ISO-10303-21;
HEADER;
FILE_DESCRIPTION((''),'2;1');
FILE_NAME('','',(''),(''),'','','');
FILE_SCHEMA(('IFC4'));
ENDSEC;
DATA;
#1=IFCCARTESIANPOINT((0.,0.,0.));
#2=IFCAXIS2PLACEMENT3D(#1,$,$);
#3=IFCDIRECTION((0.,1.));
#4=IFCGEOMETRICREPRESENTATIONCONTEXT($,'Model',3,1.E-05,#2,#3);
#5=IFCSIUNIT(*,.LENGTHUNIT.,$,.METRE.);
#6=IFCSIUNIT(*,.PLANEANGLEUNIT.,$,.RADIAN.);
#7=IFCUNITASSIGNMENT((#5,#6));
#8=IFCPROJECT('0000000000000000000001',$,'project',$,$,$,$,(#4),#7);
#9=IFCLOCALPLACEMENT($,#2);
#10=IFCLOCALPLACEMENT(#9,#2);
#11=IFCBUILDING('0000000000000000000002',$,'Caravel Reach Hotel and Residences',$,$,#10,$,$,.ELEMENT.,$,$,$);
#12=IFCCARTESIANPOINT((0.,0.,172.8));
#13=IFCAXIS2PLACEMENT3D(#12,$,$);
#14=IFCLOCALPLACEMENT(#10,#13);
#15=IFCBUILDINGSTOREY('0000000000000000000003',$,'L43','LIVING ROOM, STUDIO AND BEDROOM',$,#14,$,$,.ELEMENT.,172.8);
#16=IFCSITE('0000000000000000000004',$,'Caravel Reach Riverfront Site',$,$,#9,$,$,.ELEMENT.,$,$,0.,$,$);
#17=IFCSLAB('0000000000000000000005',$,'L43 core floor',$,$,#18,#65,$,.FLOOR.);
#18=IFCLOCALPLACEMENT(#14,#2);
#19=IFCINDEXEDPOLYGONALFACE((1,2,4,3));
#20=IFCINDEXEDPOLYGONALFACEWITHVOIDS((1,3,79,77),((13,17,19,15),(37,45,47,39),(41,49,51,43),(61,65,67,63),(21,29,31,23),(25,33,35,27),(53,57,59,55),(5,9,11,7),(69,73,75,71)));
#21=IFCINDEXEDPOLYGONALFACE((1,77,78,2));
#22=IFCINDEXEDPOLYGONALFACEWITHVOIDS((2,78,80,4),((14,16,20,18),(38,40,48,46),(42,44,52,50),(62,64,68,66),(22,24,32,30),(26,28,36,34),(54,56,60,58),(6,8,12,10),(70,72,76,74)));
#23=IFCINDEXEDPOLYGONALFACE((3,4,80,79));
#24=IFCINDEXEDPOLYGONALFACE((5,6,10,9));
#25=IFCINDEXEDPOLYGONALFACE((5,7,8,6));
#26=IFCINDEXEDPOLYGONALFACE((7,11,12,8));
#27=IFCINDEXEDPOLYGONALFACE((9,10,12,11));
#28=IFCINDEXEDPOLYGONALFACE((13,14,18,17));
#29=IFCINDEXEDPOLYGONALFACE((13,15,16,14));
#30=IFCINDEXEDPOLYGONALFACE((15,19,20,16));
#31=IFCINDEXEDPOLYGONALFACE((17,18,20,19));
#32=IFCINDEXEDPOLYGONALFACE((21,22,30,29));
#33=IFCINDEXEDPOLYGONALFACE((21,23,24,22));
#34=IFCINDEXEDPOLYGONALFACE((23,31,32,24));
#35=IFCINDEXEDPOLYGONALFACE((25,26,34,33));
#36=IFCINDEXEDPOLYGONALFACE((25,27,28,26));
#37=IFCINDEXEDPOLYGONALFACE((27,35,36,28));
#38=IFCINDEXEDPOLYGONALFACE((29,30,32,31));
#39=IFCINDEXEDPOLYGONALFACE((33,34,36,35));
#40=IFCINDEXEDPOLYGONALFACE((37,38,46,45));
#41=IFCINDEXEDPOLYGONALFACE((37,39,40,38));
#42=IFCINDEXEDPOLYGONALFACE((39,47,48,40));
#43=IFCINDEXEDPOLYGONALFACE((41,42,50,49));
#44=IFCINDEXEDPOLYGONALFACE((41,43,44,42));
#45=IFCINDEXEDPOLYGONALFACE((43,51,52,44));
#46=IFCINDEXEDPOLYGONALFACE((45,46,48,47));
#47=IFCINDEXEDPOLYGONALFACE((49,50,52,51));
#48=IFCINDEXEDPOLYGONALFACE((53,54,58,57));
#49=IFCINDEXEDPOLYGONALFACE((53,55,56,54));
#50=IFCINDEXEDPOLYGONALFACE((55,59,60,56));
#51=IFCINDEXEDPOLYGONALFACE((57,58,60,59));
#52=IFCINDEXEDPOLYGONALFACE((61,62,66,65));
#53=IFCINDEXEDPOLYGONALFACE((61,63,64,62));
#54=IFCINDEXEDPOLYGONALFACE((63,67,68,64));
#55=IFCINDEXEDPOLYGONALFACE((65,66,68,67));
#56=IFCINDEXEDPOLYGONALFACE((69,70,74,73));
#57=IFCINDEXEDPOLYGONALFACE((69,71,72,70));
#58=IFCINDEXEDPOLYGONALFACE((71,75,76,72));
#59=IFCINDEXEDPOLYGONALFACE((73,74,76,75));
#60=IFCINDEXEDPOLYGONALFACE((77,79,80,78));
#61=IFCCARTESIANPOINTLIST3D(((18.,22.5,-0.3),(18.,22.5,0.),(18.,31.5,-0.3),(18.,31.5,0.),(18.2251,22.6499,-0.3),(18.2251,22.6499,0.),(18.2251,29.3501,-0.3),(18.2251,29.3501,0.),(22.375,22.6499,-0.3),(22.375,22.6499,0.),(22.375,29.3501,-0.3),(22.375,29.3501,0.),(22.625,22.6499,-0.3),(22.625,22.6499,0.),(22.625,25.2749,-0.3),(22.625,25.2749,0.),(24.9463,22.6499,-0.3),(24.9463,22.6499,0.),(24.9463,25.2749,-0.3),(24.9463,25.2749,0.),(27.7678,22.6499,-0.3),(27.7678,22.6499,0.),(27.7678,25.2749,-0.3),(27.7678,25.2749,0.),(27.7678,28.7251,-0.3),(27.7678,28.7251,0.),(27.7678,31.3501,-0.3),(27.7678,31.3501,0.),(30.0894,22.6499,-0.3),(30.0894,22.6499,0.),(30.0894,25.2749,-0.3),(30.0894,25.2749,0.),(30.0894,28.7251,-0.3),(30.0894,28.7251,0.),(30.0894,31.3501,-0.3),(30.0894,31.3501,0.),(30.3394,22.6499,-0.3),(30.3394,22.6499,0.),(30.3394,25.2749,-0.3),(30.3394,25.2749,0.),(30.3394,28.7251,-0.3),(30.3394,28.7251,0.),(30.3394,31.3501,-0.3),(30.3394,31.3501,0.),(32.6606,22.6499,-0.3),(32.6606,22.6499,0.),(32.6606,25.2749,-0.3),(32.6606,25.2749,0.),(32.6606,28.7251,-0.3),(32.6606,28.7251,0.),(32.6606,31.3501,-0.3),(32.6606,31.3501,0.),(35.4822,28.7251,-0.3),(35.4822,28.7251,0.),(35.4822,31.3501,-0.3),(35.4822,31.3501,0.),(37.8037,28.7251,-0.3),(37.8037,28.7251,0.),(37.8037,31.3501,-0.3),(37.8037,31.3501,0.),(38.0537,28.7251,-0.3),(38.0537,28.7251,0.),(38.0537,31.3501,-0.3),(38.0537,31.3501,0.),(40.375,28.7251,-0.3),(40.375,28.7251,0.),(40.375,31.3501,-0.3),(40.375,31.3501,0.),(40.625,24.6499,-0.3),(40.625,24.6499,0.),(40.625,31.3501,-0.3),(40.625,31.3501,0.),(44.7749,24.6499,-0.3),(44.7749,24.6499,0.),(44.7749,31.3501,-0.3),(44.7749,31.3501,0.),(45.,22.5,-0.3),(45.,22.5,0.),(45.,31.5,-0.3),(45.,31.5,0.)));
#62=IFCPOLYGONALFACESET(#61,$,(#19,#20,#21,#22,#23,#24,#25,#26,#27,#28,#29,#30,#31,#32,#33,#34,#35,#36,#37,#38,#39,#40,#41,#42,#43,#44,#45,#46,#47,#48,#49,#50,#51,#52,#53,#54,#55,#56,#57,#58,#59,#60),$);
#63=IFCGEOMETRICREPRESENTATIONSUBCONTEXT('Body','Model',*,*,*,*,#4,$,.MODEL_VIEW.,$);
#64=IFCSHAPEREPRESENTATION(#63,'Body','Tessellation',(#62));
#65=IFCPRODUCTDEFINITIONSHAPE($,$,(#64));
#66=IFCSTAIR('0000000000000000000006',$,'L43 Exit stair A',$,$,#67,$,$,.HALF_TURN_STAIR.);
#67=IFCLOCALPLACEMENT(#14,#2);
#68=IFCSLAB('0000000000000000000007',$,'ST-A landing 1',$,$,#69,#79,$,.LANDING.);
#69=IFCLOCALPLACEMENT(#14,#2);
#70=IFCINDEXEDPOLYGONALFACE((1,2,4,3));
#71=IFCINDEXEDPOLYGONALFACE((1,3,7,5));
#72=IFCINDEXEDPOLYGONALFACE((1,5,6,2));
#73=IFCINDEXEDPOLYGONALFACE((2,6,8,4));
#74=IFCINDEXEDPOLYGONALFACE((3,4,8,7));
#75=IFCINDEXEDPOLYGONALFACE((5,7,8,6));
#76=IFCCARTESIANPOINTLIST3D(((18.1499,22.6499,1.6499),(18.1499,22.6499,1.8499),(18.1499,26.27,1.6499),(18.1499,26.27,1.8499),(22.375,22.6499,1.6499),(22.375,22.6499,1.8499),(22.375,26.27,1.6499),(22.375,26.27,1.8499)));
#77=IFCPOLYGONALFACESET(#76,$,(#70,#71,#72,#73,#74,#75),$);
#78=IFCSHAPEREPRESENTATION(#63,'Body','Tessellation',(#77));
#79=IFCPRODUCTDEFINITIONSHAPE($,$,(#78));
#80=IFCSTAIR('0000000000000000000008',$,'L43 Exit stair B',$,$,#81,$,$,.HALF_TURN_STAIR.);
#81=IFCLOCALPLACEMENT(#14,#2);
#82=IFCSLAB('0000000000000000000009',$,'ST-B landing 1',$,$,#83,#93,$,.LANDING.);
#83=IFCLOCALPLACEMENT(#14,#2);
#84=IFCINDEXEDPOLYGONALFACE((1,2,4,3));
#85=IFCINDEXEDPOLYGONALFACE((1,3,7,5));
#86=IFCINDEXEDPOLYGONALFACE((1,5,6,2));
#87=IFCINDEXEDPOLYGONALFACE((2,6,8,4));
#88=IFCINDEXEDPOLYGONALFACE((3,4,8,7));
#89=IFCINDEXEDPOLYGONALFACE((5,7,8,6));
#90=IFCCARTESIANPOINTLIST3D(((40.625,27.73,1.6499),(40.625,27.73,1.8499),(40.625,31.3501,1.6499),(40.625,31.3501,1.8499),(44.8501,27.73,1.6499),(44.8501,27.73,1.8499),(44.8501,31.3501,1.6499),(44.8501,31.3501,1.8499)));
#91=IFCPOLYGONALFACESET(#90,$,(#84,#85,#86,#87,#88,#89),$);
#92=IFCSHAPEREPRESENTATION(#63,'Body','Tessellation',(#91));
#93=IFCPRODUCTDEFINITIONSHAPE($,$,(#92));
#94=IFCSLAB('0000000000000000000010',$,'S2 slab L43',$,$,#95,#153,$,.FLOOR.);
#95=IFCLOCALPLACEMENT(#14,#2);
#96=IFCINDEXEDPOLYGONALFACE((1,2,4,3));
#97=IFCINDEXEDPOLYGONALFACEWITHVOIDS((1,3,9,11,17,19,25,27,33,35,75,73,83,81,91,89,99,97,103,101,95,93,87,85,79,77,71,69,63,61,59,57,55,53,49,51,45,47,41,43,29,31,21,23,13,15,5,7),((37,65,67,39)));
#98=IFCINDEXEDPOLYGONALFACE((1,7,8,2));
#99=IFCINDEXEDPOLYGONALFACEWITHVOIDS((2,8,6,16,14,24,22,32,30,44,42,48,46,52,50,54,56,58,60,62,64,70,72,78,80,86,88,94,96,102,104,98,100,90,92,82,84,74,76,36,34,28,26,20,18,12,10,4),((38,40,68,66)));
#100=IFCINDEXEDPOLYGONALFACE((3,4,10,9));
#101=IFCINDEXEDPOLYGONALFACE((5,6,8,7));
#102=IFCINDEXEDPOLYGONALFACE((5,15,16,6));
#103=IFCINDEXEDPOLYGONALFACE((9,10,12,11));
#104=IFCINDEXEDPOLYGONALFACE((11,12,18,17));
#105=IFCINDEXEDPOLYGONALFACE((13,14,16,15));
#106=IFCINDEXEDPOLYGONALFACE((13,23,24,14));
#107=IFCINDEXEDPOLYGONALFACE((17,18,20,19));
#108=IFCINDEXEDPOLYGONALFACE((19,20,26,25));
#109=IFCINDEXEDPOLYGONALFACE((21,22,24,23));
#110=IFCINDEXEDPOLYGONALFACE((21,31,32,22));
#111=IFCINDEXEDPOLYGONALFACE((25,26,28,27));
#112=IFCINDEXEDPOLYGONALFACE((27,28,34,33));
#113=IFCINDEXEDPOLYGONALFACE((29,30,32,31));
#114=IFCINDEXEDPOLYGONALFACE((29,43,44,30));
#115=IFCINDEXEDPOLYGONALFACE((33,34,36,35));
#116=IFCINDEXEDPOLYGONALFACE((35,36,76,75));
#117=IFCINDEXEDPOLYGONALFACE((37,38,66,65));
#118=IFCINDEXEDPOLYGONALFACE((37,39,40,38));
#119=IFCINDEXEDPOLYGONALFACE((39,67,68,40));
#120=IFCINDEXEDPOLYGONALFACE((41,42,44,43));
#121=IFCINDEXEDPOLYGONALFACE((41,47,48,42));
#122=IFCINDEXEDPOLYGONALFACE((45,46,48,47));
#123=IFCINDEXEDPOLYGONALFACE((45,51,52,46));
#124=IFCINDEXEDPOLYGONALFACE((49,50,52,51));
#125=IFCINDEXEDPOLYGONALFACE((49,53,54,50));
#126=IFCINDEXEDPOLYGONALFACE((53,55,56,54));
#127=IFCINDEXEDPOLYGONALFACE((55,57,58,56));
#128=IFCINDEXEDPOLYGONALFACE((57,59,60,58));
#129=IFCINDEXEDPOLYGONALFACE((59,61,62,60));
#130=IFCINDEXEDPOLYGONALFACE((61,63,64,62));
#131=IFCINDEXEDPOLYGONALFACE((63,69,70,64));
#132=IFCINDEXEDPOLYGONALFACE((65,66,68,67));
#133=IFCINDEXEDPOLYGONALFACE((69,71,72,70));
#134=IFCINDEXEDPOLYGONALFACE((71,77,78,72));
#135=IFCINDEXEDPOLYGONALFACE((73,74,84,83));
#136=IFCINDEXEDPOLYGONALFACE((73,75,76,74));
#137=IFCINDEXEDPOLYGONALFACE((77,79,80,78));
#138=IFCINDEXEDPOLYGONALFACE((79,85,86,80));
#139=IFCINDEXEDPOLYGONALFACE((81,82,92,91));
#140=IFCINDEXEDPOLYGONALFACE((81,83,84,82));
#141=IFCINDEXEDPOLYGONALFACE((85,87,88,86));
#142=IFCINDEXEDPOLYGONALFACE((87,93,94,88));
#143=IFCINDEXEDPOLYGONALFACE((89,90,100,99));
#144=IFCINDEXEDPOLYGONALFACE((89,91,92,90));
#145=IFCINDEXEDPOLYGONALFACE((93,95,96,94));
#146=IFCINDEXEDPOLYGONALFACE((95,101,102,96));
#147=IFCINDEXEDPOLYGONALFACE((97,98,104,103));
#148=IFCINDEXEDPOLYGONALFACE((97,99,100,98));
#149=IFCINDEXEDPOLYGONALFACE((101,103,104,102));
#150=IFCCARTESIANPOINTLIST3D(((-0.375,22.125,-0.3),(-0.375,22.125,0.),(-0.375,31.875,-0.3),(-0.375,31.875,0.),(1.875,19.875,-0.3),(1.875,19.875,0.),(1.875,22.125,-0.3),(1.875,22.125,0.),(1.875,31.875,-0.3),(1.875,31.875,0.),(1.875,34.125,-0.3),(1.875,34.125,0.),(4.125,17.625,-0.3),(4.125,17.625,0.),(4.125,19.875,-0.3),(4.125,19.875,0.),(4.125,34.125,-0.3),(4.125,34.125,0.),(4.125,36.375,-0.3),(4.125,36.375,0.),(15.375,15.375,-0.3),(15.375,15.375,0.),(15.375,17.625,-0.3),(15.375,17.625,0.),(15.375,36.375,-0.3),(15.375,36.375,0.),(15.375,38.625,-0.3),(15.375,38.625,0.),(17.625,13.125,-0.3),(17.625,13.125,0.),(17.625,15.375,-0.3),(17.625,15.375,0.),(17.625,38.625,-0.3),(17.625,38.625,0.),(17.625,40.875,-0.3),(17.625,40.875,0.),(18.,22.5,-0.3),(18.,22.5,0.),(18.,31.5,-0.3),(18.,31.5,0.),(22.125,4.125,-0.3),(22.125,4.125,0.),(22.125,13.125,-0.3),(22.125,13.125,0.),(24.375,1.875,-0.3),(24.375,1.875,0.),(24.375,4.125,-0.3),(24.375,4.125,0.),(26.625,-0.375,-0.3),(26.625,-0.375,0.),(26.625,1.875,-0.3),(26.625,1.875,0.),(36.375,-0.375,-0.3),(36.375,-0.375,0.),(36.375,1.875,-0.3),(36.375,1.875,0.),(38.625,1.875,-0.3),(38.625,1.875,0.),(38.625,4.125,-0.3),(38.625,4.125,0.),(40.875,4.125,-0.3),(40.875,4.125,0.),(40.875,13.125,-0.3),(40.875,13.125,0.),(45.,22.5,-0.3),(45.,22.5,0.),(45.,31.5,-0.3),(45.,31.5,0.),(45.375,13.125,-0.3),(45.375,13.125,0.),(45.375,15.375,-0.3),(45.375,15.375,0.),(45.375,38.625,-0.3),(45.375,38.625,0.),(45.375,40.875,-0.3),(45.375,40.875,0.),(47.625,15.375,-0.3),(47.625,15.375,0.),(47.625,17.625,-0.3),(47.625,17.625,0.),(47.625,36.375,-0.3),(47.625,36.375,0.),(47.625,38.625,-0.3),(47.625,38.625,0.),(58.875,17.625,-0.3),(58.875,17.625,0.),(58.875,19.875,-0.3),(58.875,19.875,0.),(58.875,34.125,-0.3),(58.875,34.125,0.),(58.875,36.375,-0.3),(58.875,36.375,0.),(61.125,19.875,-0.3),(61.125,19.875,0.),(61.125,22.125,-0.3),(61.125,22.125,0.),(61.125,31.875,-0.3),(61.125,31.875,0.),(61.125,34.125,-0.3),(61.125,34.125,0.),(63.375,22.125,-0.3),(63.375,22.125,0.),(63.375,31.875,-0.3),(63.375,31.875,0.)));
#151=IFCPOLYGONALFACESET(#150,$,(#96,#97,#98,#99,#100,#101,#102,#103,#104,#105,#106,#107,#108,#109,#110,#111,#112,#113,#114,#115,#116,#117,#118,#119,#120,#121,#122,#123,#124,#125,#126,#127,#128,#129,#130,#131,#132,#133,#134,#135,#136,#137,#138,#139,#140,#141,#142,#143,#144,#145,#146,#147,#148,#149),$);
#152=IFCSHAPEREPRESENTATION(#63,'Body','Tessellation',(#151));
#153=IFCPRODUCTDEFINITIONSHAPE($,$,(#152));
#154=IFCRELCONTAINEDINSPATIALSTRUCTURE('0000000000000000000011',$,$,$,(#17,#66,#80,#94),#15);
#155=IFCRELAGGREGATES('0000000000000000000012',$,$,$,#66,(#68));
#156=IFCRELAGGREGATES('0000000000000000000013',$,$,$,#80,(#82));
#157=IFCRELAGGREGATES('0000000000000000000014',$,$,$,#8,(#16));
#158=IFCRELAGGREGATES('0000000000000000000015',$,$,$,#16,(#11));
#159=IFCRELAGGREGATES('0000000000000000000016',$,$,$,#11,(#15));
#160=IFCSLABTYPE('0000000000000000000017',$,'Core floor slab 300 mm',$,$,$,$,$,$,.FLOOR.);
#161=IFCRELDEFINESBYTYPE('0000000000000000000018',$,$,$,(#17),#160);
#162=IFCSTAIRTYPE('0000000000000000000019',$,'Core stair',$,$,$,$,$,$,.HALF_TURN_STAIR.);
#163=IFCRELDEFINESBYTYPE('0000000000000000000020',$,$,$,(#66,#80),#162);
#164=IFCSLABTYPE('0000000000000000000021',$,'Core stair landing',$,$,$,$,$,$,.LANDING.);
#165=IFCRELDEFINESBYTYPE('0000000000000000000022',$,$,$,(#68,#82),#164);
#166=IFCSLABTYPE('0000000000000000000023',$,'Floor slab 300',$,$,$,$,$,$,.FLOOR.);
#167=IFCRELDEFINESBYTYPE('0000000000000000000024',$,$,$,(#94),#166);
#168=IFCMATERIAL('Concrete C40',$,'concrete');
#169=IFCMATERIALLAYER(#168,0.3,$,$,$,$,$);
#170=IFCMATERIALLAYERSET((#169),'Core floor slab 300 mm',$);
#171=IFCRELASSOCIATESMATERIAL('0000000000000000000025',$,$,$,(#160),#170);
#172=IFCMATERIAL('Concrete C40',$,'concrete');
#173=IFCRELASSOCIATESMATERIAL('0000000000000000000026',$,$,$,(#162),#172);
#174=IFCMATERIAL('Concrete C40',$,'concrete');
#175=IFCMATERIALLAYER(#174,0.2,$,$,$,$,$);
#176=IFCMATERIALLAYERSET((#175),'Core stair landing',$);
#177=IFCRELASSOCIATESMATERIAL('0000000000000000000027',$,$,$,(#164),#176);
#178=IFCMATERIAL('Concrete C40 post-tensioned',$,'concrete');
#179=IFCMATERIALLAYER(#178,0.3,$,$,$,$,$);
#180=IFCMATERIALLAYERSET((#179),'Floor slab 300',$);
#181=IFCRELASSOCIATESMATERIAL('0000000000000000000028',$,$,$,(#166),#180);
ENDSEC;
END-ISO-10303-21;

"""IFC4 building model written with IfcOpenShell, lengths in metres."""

from ifc_helpers import new_model, si_unit, direction, frame, origin, place, context, subcontext, project, spatial, polyline, outline, extrude, material, layer, layer_set, type_object, element, aggregate, save


model = new_model("IFC4")

# Units and contexts
model_context = context("Model", 3, precision=1e-05, world=origin(), true_north=direction((0.0, 1.0)))
body_context = subcontext(model_context, "Body", "Model", "MODEL_VIEW")
ifc_project = project(units=[si_unit("LENGTHUNIT", "METRE"), si_unit("PLANEANGLEUNIT", "RADIAN")], contexts=[model_context])

# Site, building, storey
site_placement = place(None, origin())
site = spatial("IfcSite", under=ifc_project, at=site_placement, Name="Caravel Reach Riverfront Site", CompositionType="ELEMENT", RefElevation=0.0)
building_placement = place(site_placement, origin())
building = spatial("IfcBuilding", under=site, at=building_placement, Name="Caravel Reach Hotel and Residences", CompositionType="ELEMENT")
storey_placement = place(building_placement, frame((0.0, 0.0, 172.8)))
storey = spatial("IfcBuildingStorey", under=building, at=storey_placement, Name="L43", Description="LIVING ROOM, STUDIO AND BEDROOM", CompositionType="ELEMENT", Elevation=172.8)

# Slab
ifc_material_1 = material(Name="Concrete C40", Category="concrete")
ifc_layer_1 = layer(ifc_material_1, 0.3)
ifc_layer_set_1 = layer_set([ifc_layer_1], Name="Core floor slab 300 mm")
slab_type_1 = type_object("IfcSlabType", Name="Core floor slab 300 mm", PredefinedType="FLOOR", material=ifc_layer_set_1)
slab_1_placement = place(storey_placement, frame((0.0, 0.0, -0.3)))
element("IfcSlab", 1, at=slab_1_placement, inside=storey, type_object=slab_type_1, Name="L43 core floor", PredefinedType="FLOOR", context=body_context, shape_type="SweptSolid", body=[
    extrude(outline(polyline([(18.0, 31.5), (45.0, 31.5), (45.0, 22.5), (18.0, 22.5), (18.0, 31.5)]), holes=[polyline([(22.625, 25.2749), (22.625, 22.6499), (24.9463, 22.6499), (24.9463, 25.2749), (22.625, 25.2749)]), polyline([(27.7678, 25.2749), (27.7678, 22.6499), (30.0894, 22.6499), (30.0894, 25.2749), (27.7678, 25.2749)]), polyline([(30.3394, 25.2749), (30.3394, 22.6499), (32.6606, 22.6499), (32.6606, 25.2749), (30.3394, 25.2749)]), polyline([(22.375, 22.6499), (22.375, 29.3501), (18.2251, 29.3501), (18.2251, 22.6499), (22.375, 22.6499)]), polyline([(40.625, 31.3501), (40.625, 24.6499), (44.7749, 24.6499), (44.7749, 31.3501), (40.625, 31.3501)]), polyline([(27.7678, 31.3501), (27.7678, 28.7251), (30.0894, 28.7251), (30.0894, 31.3501), (27.7678, 31.3501)]), polyline([(30.3394, 31.3501), (30.3394, 28.7251), (32.6606, 28.7251), (32.6606, 31.3501), (30.3394, 31.3501)]), polyline([(37.8037, 31.3501), (35.4822, 31.3501), (35.4822, 28.7251), (37.8037, 28.7251), (37.8037, 31.3501)]), polyline([(40.375, 31.3501), (38.0537, 31.3501), (38.0537, 28.7251), (40.375, 28.7251), (40.375, 31.3501)])]), origin(), (0.0, 0.0, 1.0), 0.3),
])

# Stairs, slabs
ifc_material_2 = material(Name="Concrete C40", Category="concrete")
stair_type = type_object("IfcStairType", Name="Core stair", PredefinedType="HALF_TURN_STAIR", material=ifc_material_2)
stair_1_placement = place(storey_placement, origin())
stair_1 = element("IfcStair", 2, at=stair_1_placement, inside=storey, type_object=stair_type, Name="L43 Exit stair A", PredefinedType="HALF_TURN_STAIR")
ifc_material_3 = material(Name="Concrete C40", Category="concrete")
ifc_layer_2 = layer(ifc_material_3, 0.2)
ifc_layer_set_2 = layer_set([ifc_layer_2], Name="Core stair landing")
slab_type_2 = type_object("IfcSlabType", Name="Core stair landing", PredefinedType="LANDING", material=ifc_layer_set_2)
slab_2_placement = place(storey_placement, frame((0.0, 0.0, 1.6499)))
slab_2 = element("IfcSlab", 3, at=slab_2_placement, type_object=slab_type_2, Name="ST-A landing 1", PredefinedType="LANDING", context=body_context, shape_type="SweptSolid", body=[
    extrude(outline(polyline([(18.1499, 26.27), (18.1499, 22.6499), (22.375, 22.6499), (22.375, 26.27), (18.1499, 26.27)])), origin(), (0.0, 0.0, 1.0), 0.2),
])
aggregate(stair_1, [slab_2])
stair_2_placement = place(storey_placement, origin())
stair_2 = element("IfcStair", 4, at=stair_2_placement, inside=storey, type_object=stair_type, Name="L43 Exit stair B", PredefinedType="HALF_TURN_STAIR")
slab_3_placement = place(storey_placement, frame((0.0, 0.0, 1.6499)))
slab_3 = element("IfcSlab", 5, at=slab_3_placement, type_object=slab_type_2, Name="ST-B landing 1", PredefinedType="LANDING", context=body_context, shape_type="SweptSolid", body=[
    extrude(outline(polyline([(44.8501, 27.73), (44.8501, 31.3501), (40.625, 31.3501), (40.625, 27.73), (44.8501, 27.73)])), origin(), (0.0, 0.0, 1.0), 0.2),
])
aggregate(stair_2, [slab_3])

# Slab
ifc_material_4 = material(Name="Concrete C40 post-tensioned", Category="concrete")
ifc_layer_3 = layer(ifc_material_4, 0.3)
ifc_layer_set_3 = layer_set([ifc_layer_3], Name="Floor slab 300")
slab_type_3 = type_object("IfcSlabType", Name="Floor slab 300", PredefinedType="FLOOR", material=ifc_layer_set_3)
slab_4_placement = place(storey_placement, frame((0.0, 0.0, -0.3)))
element("IfcSlab", 6, at=slab_4_placement, inside=storey, type_object=slab_type_3, Name="S2 slab L43", PredefinedType="FLOOR", context=body_context, shape_type="SweptSolid", body=[
    extrude(outline(polyline([(17.625, 13.125), (17.625, 15.375), (15.375, 15.375), (15.375, 17.625), (4.125, 17.625), (4.125, 19.875), (1.875, 19.875), (1.875, 22.125), (-0.375, 22.125), (-0.375, 31.875), (1.875, 31.875), (1.875, 34.125), (4.125, 34.125), (4.125, 36.375), (15.375, 36.375), (15.375, 38.625), (17.625, 38.625), (17.625, 40.875), (45.375, 40.875), (45.375, 38.625), (47.625, 38.625), (47.625, 36.375), (58.875, 36.375), (58.875, 34.125), (61.125, 34.125), (61.125, 31.875), (63.375, 31.875), (63.375, 22.125), (61.125, 22.125), (61.125, 19.875), (58.875, 19.875), (58.875, 17.625), (47.625, 17.625), (47.625, 15.375), (45.375, 15.375), (45.375, 13.125), (40.875, 13.125), (40.875, 4.125), (38.625, 4.125), (38.625, 1.875), (36.375, 1.875), (36.375, -0.375), (26.625, -0.375), (26.625, 1.875), (24.375, 1.875), (24.375, 4.125), (22.125, 4.125), (22.125, 13.125), (17.625, 13.125)]), holes=[polyline([(45.0, 31.5), (18.0, 31.5), (18.0, 22.5), (45.0, 22.5), (45.0, 31.5)])]), origin(), (0.0, 0.0, 1.0), 0.3),
])

save(model, "model.ifc")
